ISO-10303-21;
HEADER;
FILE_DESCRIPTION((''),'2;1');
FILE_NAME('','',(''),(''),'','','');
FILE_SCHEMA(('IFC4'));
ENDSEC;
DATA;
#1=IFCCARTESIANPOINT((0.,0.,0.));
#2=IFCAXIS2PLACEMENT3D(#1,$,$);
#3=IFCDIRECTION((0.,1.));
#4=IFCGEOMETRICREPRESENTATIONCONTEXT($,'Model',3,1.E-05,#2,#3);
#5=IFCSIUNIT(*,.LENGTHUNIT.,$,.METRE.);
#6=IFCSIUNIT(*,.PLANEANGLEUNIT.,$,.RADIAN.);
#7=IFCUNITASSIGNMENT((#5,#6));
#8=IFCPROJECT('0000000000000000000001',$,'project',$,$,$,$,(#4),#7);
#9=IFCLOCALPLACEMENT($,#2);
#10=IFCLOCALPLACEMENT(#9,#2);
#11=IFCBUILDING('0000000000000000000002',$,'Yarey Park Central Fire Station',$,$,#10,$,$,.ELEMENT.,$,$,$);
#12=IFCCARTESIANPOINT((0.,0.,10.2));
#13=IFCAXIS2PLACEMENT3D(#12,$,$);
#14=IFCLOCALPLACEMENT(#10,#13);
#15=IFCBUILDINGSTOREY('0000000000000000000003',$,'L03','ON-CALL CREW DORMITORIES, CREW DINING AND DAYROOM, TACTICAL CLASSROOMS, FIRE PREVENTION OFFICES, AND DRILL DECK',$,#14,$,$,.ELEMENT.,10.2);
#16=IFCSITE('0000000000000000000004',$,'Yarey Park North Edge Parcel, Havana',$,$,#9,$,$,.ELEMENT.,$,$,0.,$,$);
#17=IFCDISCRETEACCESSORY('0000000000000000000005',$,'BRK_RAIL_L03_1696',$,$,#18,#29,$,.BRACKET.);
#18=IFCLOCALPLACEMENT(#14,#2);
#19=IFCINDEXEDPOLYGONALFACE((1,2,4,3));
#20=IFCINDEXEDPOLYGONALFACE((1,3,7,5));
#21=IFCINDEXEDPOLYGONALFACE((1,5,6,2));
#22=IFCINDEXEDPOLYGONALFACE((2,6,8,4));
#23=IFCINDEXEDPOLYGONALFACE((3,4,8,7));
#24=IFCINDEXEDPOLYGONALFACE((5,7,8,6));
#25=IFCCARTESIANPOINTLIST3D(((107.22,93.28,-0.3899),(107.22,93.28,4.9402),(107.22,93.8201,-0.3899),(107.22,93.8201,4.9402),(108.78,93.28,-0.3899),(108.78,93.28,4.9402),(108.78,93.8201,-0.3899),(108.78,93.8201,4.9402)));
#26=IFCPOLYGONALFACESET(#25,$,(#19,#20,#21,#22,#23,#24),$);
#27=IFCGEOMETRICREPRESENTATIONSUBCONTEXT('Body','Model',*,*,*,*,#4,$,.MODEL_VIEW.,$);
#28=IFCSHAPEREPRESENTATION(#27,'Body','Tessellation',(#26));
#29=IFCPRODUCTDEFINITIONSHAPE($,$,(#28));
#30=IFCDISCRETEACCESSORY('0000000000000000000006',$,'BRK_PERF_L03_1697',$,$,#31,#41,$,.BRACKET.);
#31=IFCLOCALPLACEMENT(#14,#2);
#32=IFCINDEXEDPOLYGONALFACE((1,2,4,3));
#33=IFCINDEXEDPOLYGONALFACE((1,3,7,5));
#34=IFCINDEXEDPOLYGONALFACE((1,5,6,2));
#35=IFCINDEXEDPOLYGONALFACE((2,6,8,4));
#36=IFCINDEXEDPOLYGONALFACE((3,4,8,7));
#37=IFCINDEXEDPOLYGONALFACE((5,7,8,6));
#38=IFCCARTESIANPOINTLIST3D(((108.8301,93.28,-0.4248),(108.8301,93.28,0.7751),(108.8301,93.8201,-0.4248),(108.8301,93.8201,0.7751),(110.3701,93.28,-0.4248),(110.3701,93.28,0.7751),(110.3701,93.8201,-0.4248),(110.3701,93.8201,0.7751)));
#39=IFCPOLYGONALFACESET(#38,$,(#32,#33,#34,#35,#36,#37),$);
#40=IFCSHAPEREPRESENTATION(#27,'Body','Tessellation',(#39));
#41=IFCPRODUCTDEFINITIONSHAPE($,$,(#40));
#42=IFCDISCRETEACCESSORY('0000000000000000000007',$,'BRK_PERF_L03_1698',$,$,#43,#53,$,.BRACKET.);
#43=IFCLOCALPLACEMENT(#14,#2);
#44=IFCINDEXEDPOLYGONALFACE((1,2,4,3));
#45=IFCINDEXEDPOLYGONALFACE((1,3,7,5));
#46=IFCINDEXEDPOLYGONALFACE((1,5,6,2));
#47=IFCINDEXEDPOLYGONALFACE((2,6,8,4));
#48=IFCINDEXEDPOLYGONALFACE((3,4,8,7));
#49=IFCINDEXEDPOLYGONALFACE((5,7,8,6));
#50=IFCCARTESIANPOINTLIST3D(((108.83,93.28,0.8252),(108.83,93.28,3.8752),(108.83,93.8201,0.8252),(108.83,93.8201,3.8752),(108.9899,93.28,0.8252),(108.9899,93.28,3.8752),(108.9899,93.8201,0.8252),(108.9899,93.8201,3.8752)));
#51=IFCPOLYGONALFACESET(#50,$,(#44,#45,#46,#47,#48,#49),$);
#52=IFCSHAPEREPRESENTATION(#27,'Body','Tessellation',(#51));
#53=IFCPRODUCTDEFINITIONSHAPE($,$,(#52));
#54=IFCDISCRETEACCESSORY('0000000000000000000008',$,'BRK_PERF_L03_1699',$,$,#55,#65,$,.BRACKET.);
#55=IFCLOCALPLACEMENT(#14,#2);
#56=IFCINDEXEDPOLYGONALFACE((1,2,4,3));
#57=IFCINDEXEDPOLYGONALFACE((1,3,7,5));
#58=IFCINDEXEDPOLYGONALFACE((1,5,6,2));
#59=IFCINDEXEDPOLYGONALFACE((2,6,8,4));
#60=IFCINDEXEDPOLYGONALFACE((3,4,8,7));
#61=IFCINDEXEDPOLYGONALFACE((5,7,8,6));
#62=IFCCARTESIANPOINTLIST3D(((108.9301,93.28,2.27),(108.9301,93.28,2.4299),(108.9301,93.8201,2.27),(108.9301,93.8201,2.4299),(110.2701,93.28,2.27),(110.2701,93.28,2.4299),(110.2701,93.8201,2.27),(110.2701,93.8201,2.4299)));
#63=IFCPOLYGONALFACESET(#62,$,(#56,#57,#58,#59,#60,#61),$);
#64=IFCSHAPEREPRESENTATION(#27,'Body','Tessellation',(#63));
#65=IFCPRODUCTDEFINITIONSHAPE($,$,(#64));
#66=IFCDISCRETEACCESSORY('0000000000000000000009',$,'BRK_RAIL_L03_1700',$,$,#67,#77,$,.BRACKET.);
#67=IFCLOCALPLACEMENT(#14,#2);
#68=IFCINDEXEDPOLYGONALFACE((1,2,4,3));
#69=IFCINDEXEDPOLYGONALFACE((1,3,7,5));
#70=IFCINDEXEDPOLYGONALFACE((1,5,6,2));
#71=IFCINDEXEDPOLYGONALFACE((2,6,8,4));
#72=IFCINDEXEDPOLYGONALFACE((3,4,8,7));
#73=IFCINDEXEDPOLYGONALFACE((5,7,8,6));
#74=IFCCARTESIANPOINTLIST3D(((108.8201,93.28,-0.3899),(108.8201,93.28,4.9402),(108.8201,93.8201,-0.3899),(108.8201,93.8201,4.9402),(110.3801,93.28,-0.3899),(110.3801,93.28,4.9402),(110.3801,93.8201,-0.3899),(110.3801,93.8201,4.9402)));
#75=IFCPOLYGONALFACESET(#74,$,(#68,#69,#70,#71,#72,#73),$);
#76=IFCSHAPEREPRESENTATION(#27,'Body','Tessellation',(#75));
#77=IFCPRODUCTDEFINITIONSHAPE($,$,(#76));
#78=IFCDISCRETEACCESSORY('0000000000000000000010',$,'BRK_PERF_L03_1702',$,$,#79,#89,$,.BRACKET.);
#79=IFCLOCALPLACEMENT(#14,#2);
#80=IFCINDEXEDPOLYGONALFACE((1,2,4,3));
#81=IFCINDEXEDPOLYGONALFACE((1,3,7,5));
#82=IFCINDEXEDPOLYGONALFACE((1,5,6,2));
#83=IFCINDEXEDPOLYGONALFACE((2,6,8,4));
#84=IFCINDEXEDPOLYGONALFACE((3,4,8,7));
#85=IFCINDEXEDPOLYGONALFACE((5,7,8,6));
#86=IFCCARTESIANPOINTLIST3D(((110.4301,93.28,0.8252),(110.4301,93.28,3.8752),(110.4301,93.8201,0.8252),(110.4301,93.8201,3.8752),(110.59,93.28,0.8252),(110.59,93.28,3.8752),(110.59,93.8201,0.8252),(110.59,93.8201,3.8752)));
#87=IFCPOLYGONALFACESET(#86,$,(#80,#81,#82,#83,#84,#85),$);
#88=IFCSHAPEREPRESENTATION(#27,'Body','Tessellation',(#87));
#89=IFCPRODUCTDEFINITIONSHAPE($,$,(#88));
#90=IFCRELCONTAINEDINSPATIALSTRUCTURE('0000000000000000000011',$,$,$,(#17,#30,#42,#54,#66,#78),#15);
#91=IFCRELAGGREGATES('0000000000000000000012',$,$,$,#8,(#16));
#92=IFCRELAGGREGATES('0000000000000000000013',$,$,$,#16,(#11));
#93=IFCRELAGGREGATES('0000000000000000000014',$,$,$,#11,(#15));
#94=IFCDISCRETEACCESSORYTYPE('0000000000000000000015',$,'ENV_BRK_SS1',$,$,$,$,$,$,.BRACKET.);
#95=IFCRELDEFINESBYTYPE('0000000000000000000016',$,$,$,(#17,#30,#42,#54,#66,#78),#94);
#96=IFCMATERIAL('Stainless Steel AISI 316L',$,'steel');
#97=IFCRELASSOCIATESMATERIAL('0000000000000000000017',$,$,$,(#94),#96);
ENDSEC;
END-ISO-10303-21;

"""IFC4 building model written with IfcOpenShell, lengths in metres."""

from ifc_helpers import new_model, si_unit, direction, frame, origin, origin_2d, place, context, subcontext, project, spatial, rectangle, extrude, material, type_object, element, save


model = new_model("IFC4")

# Units and contexts
model_context = context("Model", 3, precision=1e-05, world=origin(), true_north=direction((0.0, 1.0)))
body_context = subcontext(model_context, "Body", "Model", "MODEL_VIEW")
ifc_project = project(units=[si_unit("LENGTHUNIT", "METRE"), si_unit("PLANEANGLEUNIT", "RADIAN")], contexts=[model_context])

# Site, building, storey
site_placement = place(None, origin())
site = spatial("IfcSite", under=ifc_project, at=site_placement, Name="Yarey Park North Edge Parcel, Havana", CompositionType="ELEMENT", RefElevation=0.0)
building_placement = place(site_placement, origin())
building = spatial("IfcBuilding", under=site, at=building_placement, Name="Yarey Park Central Fire Station", CompositionType="ELEMENT")
storey_placement = place(building_placement, frame((0.0, 0.0, 10.2)))
storey = spatial("IfcBuildingStorey", under=building, at=storey_placement, Name="L03", Description="ON-CALL CREW DORMITORIES, CREW DINING AND DAYROOM, TACTICAL CLASSROOMS, FIRE PREVENTION OFFICES, AND DRILL DECK", CompositionType="ELEMENT", Elevation=10.2)

# Discrete accessories
ifc_material_1 = material(Name="Stainless Steel AISI 316L", Category="steel")
discrete_accessory_type = type_object("IfcDiscreteAccessoryType", Name="ENV_BRK_SS1", PredefinedType="BRACKET", material=ifc_material_1)
discrete_accessory_1_placement = place(storey_placement, frame((108.0, 93.55, -0.3899), z_axis=(0.0, 0.0, 1.0), x_axis=(1.0, 0.0, 0.0)))
element("IfcDiscreteAccessory", 1, at=discrete_accessory_1_placement, inside=storey, type_object=discrete_accessory_type, Name="BRK_RAIL_L03_1696", PredefinedType="BRACKET", context=body_context, shape_type="SweptSolid", body=[
    extrude(rectangle(XDim=1.5601, YDim=0.54, at=origin_2d()), origin(), (0.0, 0.0, 1.0), 5.3301),
])
discrete_accessory_2_placement = place(storey_placement, frame((109.6001, 93.55, -0.4248), z_axis=(0.0, 0.0, 1.0), x_axis=(1.0, 0.0, 0.0)))
element("IfcDiscreteAccessory", 2, at=discrete_accessory_2_placement, inside=storey, type_object=discrete_accessory_type, Name="BRK_PERF_L03_1697", PredefinedType="BRACKET", context=body_context, shape_type="SweptSolid", body=[
    extrude(rectangle(XDim=1.54, YDim=0.54, at=origin_2d()), origin(), (0.0, 0.0, 1.0), 1.2),
])
discrete_accessory_3_placement = place(storey_placement, frame((108.9099, 93.55, 0.8252), z_axis=(0.0, 0.0, 1.0), x_axis=(1.0, 0.0, 0.0)))
element("IfcDiscreteAccessory", 3, at=discrete_accessory_3_placement, inside=storey, type_object=discrete_accessory_type, Name="BRK_PERF_L03_1698", PredefinedType="BRACKET", context=body_context, shape_type="SweptSolid", body=[
    extrude(rectangle(XDim=0.1599, YDim=0.54, at=origin_2d()), origin(), (0.0, 0.0, 1.0), 3.05),
])
discrete_accessory_4_placement = place(storey_placement, frame((109.6001, 93.55, 2.27), z_axis=(0.0, 0.0, 1.0), x_axis=(1.0, 0.0, 0.0)))
element("IfcDiscreteAccessory", 4, at=discrete_accessory_4_placement, inside=storey, type_object=discrete_accessory_type, Name="BRK_PERF_L03_1699", PredefinedType="BRACKET", context=body_context, shape_type="SweptSolid", body=[
    extrude(rectangle(XDim=1.3401, YDim=0.54, at=origin_2d()), origin(), (0.0, 0.0, 1.0), 0.1599),
])
discrete_accessory_5_placement = place(storey_placement, frame((109.6001, 93.55, -0.3899), z_axis=(0.0, 0.0, 1.0), x_axis=(1.0, 0.0, 0.0)))
element("IfcDiscreteAccessory", 5, at=discrete_accessory_5_placement, inside=storey, type_object=discrete_accessory_type, Name="BRK_RAIL_L03_1700", PredefinedType="BRACKET", context=body_context, shape_type="SweptSolid", body=[
    extrude(rectangle(XDim=1.5601, YDim=0.54, at=origin_2d()), origin(), (0.0, 0.0, 1.0), 5.3301),
])
discrete_accessory_6_placement = place(storey_placement, frame((110.51, 93.55, 0.8252), z_axis=(0.0, 0.0, 1.0), x_axis=(1.0, 0.0, 0.0)))
element("IfcDiscreteAccessory", 6, at=discrete_accessory_6_placement, inside=storey, type_object=discrete_accessory_type, Name="BRK_PERF_L03_1702", PredefinedType="BRACKET", context=body_context, shape_type="SweptSolid", body=[
    extrude(rectangle(XDim=0.1599, YDim=0.54, at=origin_2d()), origin(), (0.0, 0.0, 1.0), 3.05),
])

save(model, "model.ifc")
